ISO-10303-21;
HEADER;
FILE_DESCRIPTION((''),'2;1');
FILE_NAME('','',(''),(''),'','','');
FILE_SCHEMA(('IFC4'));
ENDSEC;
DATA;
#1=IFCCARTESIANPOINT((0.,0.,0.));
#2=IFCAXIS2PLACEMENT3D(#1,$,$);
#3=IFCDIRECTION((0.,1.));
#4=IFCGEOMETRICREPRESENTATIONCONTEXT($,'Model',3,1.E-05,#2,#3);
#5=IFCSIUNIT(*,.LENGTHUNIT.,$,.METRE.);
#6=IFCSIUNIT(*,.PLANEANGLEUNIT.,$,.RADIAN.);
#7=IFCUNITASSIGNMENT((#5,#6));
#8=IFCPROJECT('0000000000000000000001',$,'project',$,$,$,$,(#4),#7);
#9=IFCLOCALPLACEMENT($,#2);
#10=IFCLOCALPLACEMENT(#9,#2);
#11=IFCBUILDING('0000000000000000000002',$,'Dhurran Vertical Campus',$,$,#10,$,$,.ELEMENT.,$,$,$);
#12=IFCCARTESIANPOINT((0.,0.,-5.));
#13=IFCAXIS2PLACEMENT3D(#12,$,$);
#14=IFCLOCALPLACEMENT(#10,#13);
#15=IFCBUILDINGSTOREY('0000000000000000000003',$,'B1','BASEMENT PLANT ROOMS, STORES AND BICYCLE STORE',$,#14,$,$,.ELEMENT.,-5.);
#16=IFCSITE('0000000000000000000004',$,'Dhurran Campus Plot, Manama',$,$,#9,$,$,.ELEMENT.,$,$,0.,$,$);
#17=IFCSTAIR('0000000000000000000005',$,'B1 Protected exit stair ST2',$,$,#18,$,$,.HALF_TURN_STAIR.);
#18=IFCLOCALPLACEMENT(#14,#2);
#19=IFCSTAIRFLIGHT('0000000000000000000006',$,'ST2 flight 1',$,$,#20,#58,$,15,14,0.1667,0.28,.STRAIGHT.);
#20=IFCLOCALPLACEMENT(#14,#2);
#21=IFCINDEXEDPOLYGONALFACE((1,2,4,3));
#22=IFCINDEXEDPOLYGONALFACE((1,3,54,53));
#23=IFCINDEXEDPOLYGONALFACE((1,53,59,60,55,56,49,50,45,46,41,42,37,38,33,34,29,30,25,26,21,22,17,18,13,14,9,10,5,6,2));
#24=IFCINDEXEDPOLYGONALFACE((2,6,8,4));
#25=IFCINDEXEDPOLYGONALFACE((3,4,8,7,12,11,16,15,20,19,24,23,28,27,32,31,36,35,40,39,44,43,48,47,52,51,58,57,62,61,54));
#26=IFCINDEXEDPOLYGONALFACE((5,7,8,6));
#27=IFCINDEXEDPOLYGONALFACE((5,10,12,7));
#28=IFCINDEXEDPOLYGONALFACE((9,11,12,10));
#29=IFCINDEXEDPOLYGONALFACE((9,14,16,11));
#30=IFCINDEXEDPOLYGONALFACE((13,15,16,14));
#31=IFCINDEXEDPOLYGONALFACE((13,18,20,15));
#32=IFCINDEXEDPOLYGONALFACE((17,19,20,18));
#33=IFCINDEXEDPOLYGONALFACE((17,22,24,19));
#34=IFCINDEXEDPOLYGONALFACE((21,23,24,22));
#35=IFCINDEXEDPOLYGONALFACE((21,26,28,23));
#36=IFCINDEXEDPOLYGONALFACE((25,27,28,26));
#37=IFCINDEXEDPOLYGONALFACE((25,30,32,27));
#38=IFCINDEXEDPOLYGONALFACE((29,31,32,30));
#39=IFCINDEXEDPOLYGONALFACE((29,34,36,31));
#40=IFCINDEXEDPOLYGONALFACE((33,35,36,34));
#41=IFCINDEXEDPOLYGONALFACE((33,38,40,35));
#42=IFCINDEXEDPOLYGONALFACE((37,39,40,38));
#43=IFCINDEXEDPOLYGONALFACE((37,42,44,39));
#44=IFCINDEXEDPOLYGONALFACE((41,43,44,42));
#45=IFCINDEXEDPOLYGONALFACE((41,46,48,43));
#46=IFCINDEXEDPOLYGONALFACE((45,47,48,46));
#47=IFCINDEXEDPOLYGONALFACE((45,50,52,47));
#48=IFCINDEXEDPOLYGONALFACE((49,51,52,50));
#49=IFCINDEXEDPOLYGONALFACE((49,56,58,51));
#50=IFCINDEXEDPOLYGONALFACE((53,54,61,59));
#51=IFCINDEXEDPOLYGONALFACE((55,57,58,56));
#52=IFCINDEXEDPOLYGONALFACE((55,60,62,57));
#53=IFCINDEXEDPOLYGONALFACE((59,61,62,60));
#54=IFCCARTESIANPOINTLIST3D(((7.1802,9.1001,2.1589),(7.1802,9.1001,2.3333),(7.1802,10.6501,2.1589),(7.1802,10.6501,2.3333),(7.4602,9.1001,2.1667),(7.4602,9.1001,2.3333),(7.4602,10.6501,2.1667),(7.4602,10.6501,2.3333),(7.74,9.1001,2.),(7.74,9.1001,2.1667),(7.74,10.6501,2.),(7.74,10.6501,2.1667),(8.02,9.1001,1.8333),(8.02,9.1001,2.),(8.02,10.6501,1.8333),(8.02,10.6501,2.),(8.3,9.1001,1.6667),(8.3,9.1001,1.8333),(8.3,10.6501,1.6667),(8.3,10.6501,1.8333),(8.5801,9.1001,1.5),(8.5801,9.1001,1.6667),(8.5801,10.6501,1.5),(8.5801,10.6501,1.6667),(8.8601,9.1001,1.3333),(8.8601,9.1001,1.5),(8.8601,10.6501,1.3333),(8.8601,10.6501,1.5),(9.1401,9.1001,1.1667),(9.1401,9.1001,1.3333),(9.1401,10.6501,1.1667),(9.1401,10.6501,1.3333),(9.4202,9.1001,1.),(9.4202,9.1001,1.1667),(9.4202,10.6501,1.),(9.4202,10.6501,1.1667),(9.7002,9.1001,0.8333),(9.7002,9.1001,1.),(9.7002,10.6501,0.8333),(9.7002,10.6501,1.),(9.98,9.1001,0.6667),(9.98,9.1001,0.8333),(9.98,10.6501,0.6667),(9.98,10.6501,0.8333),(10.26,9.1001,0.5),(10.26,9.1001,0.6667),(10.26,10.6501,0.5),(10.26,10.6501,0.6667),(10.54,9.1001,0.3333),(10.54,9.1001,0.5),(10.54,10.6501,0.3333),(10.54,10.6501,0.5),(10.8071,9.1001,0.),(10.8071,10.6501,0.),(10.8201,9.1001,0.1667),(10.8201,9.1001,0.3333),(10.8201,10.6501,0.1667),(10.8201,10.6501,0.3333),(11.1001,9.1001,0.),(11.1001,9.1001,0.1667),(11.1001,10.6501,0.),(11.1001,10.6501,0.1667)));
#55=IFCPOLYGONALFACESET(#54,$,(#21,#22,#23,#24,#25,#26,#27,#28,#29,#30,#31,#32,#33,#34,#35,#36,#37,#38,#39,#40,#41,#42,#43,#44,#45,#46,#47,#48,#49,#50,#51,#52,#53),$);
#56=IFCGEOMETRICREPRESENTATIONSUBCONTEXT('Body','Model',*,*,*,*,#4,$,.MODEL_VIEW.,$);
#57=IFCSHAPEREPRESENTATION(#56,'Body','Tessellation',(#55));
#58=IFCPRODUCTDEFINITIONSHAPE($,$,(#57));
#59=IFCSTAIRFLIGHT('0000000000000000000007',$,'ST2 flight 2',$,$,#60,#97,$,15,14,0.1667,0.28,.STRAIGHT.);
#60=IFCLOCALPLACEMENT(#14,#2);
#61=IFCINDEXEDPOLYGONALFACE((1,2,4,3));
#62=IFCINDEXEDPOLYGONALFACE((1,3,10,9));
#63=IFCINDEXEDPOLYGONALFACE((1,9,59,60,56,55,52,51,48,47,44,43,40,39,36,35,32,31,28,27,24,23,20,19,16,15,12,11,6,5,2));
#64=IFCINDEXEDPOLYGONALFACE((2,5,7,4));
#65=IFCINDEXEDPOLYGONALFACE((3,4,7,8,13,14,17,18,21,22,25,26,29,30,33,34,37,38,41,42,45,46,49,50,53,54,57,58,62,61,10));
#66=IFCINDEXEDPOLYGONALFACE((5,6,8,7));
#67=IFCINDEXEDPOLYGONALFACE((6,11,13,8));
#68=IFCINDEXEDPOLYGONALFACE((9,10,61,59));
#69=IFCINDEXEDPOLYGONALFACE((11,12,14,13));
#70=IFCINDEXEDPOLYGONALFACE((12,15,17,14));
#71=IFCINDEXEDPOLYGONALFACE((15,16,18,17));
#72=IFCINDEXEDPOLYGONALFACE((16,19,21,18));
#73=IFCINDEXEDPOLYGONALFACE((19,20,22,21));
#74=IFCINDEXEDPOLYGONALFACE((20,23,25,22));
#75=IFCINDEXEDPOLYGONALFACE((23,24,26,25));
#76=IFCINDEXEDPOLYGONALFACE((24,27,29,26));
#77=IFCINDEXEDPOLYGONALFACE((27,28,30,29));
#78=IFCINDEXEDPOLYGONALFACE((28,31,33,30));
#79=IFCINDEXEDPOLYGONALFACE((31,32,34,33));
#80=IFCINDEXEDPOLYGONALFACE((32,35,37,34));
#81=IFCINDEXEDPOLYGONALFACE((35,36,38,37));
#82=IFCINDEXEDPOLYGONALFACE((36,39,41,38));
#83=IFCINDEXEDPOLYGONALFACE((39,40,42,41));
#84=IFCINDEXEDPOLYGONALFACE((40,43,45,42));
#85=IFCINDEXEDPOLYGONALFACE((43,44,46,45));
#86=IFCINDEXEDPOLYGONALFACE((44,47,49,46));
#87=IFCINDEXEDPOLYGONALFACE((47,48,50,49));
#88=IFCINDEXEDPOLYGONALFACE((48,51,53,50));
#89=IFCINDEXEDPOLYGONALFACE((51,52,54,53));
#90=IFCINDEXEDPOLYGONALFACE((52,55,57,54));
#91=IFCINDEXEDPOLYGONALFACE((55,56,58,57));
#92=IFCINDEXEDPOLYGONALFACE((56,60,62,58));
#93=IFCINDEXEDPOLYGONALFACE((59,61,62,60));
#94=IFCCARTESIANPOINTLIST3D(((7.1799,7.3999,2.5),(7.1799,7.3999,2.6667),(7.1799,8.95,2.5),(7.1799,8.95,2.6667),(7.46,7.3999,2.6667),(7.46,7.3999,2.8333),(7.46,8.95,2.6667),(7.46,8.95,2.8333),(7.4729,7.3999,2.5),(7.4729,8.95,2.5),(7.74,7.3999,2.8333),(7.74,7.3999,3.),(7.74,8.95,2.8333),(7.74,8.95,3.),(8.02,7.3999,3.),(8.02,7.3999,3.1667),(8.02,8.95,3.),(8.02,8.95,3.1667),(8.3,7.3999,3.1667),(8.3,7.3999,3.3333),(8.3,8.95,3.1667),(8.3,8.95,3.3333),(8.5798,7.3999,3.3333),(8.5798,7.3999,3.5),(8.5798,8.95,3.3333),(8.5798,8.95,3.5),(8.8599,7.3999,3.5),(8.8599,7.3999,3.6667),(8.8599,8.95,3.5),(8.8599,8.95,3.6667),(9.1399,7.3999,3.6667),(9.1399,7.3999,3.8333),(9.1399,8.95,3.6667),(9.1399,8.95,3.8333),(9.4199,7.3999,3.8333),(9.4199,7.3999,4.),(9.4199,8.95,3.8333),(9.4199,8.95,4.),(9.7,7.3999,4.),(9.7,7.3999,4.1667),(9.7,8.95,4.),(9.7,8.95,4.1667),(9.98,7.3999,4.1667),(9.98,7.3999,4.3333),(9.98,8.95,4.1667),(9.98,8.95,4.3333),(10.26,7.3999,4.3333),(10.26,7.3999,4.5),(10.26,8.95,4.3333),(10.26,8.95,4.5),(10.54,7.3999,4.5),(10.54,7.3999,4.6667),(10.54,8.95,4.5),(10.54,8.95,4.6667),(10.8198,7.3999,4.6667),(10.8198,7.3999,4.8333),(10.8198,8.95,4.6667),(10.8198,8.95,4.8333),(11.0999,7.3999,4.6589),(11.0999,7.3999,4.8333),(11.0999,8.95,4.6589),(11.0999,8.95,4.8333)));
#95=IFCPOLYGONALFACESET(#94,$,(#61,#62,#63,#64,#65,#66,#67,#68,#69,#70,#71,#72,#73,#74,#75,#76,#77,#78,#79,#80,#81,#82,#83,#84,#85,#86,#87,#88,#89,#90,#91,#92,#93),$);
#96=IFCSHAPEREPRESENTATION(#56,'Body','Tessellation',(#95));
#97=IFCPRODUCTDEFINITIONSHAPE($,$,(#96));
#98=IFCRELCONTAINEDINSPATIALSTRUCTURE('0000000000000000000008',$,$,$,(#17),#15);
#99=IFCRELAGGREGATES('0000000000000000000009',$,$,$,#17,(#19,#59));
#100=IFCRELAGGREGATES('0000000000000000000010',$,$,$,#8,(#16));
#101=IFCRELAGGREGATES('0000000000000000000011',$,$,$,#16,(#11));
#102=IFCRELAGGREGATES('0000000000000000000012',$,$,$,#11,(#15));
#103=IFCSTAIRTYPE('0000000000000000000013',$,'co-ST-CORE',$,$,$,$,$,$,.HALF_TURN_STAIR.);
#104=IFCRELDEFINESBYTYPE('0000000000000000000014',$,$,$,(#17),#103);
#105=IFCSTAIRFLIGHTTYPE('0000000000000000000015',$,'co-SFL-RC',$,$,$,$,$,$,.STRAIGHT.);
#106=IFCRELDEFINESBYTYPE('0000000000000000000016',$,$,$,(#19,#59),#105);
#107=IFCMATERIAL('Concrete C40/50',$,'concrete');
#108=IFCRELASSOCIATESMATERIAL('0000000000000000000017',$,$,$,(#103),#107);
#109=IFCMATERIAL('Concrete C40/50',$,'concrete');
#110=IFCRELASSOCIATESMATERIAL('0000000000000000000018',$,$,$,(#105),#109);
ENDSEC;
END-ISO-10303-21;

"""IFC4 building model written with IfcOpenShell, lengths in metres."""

from ifc_helpers import new_model, si_unit, direction, frame, origin, place, context, subcontext, project, spatial, polyline, outline, extrude, material, type_object, element, aggregate, save


model = new_model("IFC4")

# Units and contexts
model_context = context("Model", 3, precision=1e-05, world=origin(), true_north=direction((0.0, 1.0)))
body_context = subcontext(model_context, "Body", "Model", "MODEL_VIEW")
ifc_project = project(units=[si_unit("LENGTHUNIT", "METRE"), si_unit("PLANEANGLEUNIT", "RADIAN")], contexts=[model_context])

# Site, building, storey
site_placement = place(None, origin())
site = spatial("IfcSite", under=ifc_project, at=site_placement, Name="Dhurran Campus Plot, Manama", CompositionType="ELEMENT", RefElevation=0.0)
building_placement = place(site_placement, origin())
building = spatial("IfcBuilding", under=site, at=building_placement, Name="Dhurran Vertical Campus", CompositionType="ELEMENT")
storey_placement = place(building_placement, frame((0.0, 0.0, -5.0)))
storey = spatial("IfcBuildingStorey", under=building, at=storey_placement, Name="B1", Description="BASEMENT PLANT ROOMS, STORES AND BICYCLE STORE", CompositionType="ELEMENT", Elevation=-5.0)

# Stair, stair flights
ifc_material_1 = material(Name="Concrete C40/50", Category="concrete")
stair_type = type_object("IfcStairType", Name="co-ST-CORE", PredefinedType="HALF_TURN_STAIR", material=ifc_material_1)
stair_placement = place(storey_placement, origin())
stair = element("IfcStair", 1, at=stair_placement, inside=storey, type_object=stair_type, Name="B1 Protected exit stair ST2", PredefinedType="HALF_TURN_STAIR")
ifc_material_2 = material(Name="Concrete C40/50", Category="concrete")
stair_flight_type = type_object("IfcStairFlightType", Name="co-SFL-RC", PredefinedType="STRAIGHT", material=ifc_material_2)
stair_flight_1_placement = place(storey_placement, frame((11.1001, 9.875, 0.0), z_axis=(0.0, 0.0, 1.0), x_axis=(-1.0, 0.0, 0.0)))
stair_flight_1 = element("IfcStairFlight", 2, at=stair_flight_1_placement, type_object=stair_flight_type, Name="ST2 flight 1", NumberOfRisers=15, NumberOfTreads=14, PredefinedType="STRAIGHT", RiserHeight=0.1667, TreadLength=0.28, context=body_context, shape_type="SweptSolid", body=[
    extrude(outline(polyline([(0.0, 0.0), (0.0, 0.1667), (0.28, 0.1667), (0.28, 0.3333), (0.5601, 0.3333), (0.5601, 0.5), (0.8401, 0.5), (0.8401, 0.6667), (1.1201, 0.6667), (1.1201, 0.8333), (1.3999, 0.8333), (1.3999, 1.0), (1.6799, 1.0), (1.6799, 1.1667), (1.96, 1.1667), (1.96, 1.3333), (2.24, 1.3333), (2.24, 1.5), (2.52, 1.5), (2.52, 1.6667), (2.8, 1.6667), (2.8, 1.8333), (3.0801, 1.8333), (3.0801, 2.0), (3.3601, 2.0), (3.3601, 2.1667), (3.6399, 2.1667), (3.6399, 2.3333), (3.9199, 2.3333), (3.9199, 2.5), (3.9199, 2.1589), (0.293, 0.0), (0.0, 0.0)])), frame((0.0, 0.7749, 0.0), z_axis=(0.0, -1.0, 0.0), x_axis=(1.0, 0.0, 0.0)), (0.0, 0.0, 1.0), 1.55),
])
stair_flight_2_placement = place(storey_placement, frame((7.1799, 8.175, 2.5), z_axis=(0.0, 0.0, 1.0), x_axis=(1.0, 0.0, 0.0)))
stair_flight_2 = element("IfcStairFlight", 3, at=stair_flight_2_placement, type_object=stair_flight_type, Name="ST2 flight 2", NumberOfRisers=15, NumberOfTreads=14, PredefinedType="STRAIGHT", RiserHeight=0.1667, TreadLength=0.28, context=body_context, shape_type="SweptSolid", body=[
    extrude(outline(polyline([(0.0, 0.0), (0.0, 0.1667), (0.28, 0.1667), (0.28, 0.3333), (0.5601, 0.3333), (0.5601, 0.5), (0.8401, 0.5), (0.8401, 0.6667), (1.1201, 0.6667), (1.1201, 0.8333), (1.3999, 0.8333), (1.3999, 1.0), (1.6799, 1.0), (1.6799, 1.1667), (1.96, 1.1667), (1.96, 1.3333), (2.24, 1.3333), (2.24, 1.5), (2.52, 1.5), (2.52, 1.6667), (2.8, 1.6667), (2.8, 1.8333), (3.0801, 1.8333), (3.0801, 2.0), (3.3601, 2.0), (3.3601, 2.1667), (3.6399, 2.1667), (3.6399, 2.3333), (3.9199, 2.3333), (3.9199, 2.5), (3.9199, 2.1589), (0.293, 0.0), (0.0, 0.0)])), frame((0.0, 0.7749, 0.0), z_axis=(0.0, -1.0, 0.0), x_axis=(1.0, 0.0, 0.0)), (0.0, 0.0, 1.0), 1.55),
])
aggregate(stair, [stair_flight_1, stair_flight_2])

save(model, "model.ifc")
